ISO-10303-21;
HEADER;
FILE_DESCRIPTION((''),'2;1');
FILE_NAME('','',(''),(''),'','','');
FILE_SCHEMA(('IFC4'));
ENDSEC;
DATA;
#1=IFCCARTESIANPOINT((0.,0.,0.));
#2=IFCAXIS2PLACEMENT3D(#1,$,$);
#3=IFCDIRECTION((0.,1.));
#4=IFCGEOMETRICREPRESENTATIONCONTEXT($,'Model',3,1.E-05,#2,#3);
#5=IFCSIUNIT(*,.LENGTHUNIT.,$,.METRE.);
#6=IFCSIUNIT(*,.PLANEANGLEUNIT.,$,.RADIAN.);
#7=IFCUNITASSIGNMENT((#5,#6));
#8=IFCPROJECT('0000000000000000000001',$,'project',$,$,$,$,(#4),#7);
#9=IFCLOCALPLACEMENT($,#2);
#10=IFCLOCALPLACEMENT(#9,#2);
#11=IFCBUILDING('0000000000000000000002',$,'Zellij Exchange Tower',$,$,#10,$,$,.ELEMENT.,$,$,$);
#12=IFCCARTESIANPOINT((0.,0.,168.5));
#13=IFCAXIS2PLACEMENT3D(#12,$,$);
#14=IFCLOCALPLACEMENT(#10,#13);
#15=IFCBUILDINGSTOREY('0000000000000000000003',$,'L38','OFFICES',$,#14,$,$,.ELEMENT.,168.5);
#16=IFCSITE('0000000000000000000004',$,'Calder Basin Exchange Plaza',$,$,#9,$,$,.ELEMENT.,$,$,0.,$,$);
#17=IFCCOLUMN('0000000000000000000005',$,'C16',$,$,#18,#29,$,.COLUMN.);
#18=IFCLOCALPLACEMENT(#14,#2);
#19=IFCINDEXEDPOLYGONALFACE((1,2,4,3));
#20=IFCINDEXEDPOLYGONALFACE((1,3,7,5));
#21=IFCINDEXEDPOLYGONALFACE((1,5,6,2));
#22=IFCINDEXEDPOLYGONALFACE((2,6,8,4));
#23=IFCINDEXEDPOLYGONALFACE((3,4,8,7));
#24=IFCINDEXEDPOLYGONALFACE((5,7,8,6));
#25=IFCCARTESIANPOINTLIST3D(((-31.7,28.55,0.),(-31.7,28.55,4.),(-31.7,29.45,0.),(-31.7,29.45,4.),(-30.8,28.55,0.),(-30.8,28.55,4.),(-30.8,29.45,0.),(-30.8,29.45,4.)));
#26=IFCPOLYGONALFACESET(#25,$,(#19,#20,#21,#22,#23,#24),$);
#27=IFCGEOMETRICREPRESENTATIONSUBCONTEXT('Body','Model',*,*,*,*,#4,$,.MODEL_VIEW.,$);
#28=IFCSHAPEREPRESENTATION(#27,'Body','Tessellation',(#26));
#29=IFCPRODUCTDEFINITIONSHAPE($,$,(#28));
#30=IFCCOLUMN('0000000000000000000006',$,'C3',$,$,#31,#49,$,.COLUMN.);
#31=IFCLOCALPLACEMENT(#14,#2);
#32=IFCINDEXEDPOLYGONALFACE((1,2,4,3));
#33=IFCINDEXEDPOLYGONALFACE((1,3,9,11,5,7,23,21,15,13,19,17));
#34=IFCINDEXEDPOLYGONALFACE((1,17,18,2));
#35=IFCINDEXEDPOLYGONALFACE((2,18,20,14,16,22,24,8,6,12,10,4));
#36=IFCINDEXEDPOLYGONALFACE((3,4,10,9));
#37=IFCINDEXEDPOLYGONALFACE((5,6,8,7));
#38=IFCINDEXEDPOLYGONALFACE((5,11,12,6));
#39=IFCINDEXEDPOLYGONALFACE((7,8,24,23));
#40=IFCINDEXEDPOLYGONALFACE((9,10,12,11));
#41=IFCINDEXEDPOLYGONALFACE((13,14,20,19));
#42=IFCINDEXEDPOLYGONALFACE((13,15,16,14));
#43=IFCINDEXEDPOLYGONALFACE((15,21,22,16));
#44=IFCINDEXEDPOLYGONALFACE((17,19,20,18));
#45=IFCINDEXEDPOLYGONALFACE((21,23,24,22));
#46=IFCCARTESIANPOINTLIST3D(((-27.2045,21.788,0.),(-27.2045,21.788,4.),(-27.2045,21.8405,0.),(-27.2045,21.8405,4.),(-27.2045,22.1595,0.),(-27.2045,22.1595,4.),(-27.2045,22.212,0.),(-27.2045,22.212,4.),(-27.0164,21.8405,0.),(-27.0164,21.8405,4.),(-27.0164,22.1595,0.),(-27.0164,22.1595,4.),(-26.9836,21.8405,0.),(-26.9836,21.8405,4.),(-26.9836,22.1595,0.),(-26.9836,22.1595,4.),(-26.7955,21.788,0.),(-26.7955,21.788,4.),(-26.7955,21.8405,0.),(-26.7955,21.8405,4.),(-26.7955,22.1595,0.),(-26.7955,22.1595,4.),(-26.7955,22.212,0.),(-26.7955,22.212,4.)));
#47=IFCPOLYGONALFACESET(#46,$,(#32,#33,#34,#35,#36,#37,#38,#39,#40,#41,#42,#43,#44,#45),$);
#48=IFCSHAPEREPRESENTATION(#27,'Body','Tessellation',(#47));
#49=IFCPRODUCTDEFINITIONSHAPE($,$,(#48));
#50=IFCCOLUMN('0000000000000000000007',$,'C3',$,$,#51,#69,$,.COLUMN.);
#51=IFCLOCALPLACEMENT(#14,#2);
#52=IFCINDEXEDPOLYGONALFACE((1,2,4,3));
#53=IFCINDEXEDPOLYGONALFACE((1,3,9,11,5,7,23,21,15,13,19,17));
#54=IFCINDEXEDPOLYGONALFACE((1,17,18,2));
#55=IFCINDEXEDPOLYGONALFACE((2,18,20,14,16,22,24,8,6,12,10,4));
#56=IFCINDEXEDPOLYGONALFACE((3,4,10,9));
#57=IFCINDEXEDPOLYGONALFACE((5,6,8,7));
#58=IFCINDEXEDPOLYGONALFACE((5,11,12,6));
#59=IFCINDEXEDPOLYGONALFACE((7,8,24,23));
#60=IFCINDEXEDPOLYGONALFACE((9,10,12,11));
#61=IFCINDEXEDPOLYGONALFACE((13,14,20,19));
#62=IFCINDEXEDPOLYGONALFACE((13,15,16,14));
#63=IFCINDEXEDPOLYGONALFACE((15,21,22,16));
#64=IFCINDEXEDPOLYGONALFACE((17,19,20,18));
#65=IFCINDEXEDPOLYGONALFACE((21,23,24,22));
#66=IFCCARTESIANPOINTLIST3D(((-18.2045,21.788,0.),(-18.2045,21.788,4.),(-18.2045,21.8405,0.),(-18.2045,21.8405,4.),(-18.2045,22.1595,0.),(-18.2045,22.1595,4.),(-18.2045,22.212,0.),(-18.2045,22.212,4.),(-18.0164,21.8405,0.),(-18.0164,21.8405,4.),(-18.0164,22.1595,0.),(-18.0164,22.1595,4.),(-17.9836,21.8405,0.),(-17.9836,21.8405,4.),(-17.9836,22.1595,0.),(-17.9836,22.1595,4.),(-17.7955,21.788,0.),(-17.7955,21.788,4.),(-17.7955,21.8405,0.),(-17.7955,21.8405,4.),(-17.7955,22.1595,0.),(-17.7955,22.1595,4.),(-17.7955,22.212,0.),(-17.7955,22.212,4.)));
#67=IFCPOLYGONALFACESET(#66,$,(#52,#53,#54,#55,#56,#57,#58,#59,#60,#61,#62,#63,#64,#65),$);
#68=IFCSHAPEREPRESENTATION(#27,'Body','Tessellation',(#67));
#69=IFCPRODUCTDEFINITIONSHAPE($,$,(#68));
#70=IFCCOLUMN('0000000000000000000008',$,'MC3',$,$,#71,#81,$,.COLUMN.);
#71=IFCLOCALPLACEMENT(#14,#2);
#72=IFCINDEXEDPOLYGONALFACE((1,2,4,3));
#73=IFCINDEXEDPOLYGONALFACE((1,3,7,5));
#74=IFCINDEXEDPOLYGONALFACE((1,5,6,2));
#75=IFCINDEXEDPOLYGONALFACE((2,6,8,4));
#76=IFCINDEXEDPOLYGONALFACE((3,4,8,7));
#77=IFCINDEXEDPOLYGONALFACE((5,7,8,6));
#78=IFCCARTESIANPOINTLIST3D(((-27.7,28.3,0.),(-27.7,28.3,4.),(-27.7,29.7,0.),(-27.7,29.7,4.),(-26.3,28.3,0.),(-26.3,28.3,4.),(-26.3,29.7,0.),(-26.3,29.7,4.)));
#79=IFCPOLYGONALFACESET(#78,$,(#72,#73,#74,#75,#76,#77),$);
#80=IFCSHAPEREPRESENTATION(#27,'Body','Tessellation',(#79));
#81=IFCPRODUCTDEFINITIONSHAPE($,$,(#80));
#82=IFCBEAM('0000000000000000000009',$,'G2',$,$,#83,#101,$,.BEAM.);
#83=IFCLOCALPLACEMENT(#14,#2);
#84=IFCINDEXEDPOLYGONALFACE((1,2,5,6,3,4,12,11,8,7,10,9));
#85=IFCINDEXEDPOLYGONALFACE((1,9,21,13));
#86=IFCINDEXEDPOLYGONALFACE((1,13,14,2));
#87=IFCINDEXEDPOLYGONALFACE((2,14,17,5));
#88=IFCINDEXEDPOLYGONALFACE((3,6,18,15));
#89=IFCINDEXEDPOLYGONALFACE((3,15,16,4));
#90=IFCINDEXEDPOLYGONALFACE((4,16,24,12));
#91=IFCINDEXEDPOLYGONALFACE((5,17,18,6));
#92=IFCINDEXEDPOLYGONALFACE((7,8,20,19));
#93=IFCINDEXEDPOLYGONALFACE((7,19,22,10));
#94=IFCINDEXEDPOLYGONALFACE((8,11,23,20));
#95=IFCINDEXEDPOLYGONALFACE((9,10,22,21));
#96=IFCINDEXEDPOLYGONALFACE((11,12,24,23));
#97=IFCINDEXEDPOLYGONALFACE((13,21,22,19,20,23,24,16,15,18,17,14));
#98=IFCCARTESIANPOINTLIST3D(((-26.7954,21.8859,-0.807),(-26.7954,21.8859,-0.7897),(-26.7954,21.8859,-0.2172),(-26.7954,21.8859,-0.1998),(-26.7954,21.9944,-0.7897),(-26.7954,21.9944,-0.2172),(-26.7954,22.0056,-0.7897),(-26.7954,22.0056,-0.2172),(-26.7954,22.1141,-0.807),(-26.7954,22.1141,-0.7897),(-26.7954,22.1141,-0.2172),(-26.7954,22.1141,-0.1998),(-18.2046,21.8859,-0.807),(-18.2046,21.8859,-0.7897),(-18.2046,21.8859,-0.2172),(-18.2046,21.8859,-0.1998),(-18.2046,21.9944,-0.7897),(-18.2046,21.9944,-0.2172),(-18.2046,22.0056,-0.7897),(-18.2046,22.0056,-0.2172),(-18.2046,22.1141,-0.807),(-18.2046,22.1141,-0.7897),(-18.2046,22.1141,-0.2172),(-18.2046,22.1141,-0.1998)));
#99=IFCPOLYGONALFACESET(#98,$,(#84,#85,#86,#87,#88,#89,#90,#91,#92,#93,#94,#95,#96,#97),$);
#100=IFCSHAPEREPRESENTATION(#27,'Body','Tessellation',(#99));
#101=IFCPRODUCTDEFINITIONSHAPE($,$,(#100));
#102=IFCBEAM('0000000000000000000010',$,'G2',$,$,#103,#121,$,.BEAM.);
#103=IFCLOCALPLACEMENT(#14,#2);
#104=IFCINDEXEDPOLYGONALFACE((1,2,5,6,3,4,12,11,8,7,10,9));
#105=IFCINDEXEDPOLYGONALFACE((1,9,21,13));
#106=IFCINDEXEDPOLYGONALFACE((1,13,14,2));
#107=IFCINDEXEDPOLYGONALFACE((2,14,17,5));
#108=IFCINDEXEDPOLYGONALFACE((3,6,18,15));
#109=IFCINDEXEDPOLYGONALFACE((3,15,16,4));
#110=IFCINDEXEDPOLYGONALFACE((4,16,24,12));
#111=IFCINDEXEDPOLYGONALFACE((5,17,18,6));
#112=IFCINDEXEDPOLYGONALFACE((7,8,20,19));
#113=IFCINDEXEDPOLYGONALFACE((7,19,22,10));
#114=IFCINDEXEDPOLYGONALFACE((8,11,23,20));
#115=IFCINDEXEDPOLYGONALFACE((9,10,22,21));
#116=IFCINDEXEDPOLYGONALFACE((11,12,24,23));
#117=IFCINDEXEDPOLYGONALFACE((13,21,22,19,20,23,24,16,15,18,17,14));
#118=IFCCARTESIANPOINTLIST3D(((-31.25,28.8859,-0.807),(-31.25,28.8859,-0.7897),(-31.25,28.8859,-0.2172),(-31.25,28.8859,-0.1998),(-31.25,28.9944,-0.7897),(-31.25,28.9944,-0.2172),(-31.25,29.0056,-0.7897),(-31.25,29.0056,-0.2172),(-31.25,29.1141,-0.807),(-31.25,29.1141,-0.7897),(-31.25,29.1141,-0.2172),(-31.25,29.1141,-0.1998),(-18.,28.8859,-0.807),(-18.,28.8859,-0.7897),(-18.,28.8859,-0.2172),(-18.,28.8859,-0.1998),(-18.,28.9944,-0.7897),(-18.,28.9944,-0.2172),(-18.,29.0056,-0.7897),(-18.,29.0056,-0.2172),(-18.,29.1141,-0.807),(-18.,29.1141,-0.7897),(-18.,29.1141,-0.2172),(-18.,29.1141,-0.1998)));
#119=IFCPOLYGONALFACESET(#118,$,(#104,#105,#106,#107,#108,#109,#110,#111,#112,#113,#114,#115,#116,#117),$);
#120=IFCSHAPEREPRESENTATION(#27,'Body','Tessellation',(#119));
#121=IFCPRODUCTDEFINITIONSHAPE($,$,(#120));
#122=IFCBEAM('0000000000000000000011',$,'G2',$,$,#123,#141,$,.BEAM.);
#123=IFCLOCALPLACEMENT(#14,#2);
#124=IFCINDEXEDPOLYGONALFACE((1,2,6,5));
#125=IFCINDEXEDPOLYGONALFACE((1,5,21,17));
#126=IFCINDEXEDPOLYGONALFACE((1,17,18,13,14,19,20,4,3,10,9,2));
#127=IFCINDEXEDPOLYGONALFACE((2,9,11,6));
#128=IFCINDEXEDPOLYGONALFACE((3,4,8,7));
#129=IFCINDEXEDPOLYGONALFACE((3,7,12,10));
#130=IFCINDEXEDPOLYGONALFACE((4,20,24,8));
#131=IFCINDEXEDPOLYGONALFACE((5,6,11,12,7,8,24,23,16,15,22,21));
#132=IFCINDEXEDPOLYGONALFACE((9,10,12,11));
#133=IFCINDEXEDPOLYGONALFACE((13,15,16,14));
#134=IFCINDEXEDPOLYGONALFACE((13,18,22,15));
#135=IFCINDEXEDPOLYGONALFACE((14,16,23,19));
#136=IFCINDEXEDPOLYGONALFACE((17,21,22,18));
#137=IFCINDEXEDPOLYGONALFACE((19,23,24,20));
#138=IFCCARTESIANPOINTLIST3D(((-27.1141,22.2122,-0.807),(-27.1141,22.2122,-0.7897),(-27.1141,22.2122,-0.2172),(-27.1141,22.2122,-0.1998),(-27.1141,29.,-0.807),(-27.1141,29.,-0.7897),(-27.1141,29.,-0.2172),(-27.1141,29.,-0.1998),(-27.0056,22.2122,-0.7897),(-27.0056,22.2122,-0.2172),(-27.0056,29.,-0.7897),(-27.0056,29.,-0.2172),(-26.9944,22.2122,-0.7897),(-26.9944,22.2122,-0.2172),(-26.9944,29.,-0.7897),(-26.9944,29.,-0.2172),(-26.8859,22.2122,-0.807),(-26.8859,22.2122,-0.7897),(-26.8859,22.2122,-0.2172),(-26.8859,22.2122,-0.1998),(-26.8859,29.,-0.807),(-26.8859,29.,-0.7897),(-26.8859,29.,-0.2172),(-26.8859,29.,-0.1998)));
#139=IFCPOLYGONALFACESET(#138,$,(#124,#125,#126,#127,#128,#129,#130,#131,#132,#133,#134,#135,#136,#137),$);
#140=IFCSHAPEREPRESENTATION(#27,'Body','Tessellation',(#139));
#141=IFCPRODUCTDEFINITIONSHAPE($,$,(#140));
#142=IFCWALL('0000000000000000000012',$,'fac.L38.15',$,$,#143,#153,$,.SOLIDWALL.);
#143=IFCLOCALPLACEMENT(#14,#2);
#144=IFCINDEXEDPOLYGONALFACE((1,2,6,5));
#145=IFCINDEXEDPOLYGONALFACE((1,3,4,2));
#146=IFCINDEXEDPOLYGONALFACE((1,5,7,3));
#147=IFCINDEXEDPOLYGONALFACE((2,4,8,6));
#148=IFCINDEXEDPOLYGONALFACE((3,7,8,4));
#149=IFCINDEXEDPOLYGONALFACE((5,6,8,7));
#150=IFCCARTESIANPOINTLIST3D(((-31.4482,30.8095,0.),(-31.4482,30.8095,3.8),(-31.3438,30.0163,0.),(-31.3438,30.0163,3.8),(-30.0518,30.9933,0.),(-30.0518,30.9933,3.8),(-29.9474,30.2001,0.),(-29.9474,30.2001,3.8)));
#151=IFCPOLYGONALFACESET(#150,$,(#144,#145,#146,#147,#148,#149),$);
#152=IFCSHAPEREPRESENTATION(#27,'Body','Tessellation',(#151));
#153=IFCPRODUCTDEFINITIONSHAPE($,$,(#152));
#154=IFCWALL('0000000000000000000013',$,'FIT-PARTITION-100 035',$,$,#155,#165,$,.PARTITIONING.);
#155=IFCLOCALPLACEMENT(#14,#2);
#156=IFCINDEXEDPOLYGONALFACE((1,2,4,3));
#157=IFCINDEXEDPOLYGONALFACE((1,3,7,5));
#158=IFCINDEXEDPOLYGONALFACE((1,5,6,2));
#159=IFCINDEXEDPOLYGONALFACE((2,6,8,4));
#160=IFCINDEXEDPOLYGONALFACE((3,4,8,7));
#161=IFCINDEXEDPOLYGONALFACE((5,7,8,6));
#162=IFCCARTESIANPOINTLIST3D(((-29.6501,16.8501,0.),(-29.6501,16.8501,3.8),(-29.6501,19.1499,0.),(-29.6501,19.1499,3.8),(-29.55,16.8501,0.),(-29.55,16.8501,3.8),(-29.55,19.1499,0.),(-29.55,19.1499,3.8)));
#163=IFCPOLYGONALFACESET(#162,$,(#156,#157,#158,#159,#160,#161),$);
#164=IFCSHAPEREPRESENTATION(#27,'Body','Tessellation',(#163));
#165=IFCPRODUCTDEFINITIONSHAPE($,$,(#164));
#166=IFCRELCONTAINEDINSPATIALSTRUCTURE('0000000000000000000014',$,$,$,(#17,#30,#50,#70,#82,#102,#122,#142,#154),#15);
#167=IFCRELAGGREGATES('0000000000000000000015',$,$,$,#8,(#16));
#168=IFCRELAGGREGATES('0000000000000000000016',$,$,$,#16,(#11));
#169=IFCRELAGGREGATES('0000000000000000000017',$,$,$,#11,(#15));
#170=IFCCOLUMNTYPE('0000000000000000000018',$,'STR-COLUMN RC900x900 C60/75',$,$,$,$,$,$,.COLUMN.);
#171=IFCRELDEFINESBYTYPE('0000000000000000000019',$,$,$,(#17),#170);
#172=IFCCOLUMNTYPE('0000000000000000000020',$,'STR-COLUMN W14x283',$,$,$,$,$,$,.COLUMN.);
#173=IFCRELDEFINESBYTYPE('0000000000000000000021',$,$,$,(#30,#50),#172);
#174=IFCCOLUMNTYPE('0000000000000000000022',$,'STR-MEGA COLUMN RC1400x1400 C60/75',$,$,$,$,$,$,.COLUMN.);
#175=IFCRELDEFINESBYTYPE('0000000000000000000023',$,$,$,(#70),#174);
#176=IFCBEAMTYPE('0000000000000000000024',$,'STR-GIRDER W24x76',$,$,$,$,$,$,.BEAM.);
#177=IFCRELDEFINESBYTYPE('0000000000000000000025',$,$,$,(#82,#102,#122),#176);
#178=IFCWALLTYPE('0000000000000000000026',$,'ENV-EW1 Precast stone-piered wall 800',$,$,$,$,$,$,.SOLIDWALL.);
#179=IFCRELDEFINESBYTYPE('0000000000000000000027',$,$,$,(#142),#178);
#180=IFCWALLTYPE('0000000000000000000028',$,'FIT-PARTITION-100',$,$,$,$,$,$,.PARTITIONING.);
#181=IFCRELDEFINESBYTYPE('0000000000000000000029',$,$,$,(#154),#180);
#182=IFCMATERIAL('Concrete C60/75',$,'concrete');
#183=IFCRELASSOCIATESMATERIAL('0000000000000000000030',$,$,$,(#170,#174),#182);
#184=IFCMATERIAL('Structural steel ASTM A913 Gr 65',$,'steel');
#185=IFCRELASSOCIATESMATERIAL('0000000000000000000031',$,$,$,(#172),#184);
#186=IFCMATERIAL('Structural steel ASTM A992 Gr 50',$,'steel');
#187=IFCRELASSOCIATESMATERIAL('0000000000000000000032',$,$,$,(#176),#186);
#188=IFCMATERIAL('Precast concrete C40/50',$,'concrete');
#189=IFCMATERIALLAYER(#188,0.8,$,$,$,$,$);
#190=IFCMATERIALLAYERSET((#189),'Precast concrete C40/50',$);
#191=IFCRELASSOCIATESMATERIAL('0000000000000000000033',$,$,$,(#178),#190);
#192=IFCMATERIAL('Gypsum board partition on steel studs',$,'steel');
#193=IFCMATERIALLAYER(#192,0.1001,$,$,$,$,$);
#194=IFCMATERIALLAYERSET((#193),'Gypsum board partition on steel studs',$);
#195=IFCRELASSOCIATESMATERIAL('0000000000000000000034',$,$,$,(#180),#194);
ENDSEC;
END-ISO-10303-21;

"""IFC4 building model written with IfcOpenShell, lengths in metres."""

from ifc_helpers import new_model, si_unit, direction, frame, frame_2d, origin, origin_2d, place, context, subcontext, project, spatial, rectangle, i_section, extrude, material, layer, layer_set, material_profile, profile_set, type_object, element, save


model = new_model("IFC4")

# Units and contexts
model_context = context("Model", 3, precision=1e-05, world=origin(), true_north=direction((0.0, 1.0)))
body_context = subcontext(model_context, "Body", "Model", "MODEL_VIEW")
ifc_project = project(units=[si_unit("LENGTHUNIT", "METRE"), si_unit("PLANEANGLEUNIT", "RADIAN")], contexts=[model_context])

# Site, building, storey
site_placement = place(None, origin())
site = spatial("IfcSite", under=ifc_project, at=site_placement, Name="Calder Basin Exchange Plaza", CompositionType="ELEMENT", RefElevation=0.0)
building_placement = place(site_placement, origin())
building = spatial("IfcBuilding", under=site, at=building_placement, Name="Zellij Exchange Tower", CompositionType="ELEMENT")
storey_placement = place(building_placement, frame((0.0, 0.0, 168.5)))
storey = spatial("IfcBuildingStorey", under=building, at=storey_placement, Name="L38", Description="OFFICES", CompositionType="ELEMENT", Elevation=168.5)

# Columns
ifc_material_1 = material(Name="Concrete C60/75", Category="concrete")
ifc_material_profile_1 = material_profile(ifc_material_1, rectangle(XDim=0.8999, YDim=0.8999, at=origin_2d()), Name="STR-COLUMN RC900x900 C60/75")
ifc_profile_set_1 = profile_set([ifc_material_profile_1], Name="Concrete C60/75")
column_type_1 = type_object("IfcColumnType", Name="STR-COLUMN RC900x900 C60/75", PredefinedType="COLUMN", material=ifc_profile_set_1)
column_1_placement = place(storey_placement, frame((-31.25, 29.0, 0.0), z_axis=(0.0, 0.0, 1.0), x_axis=(1.0, 0.0, 0.0)))
element("IfcColumn", 1, at=column_1_placement, inside=storey, type_object=column_type_1, Name="C16", PredefinedType="COLUMN", context=body_context, shape_type="SweptSolid", body=[
    extrude(rectangle(XDim=0.8999, YDim=0.8999, at=origin_2d()), origin(), (0.0, 0.0, 1.0), 4.0),
])
ifc_material_2 = material(Name="Structural steel ASTM A913 Gr 65", Category="steel")
ifc_material_profile_2 = material_profile(ifc_material_2, i_section(OverallWidth=0.4089, OverallDepth=0.4241, WebThickness=0.0327, FlangeThickness=0.0525, at=origin_2d()), Name="W14x283")
ifc_profile_set_2 = profile_set([ifc_material_profile_2], Name="Structural steel ASTM A913 Gr 65")
column_type_2 = type_object("IfcColumnType", Name="STR-COLUMN W14x283", PredefinedType="COLUMN", material=ifc_profile_set_2)
for number, where, z_axis, x_axis, name in (
    (2, (-27.0, 22.0, 0.0), (0.0, 0.0, 1.0), (1.0, 0.0, 0.0), "C3"),
    (3, (-18.0, 22.0, 0.0), (0.0, 0.0, 1.0), (1.0, 0.0, 0.0), "C3"),
):
    element("IfcColumn", number, at=place(storey_placement, frame(where, z_axis=z_axis, x_axis=x_axis)), inside=storey, type_object=column_type_2, Name=name, PredefinedType="COLUMN", context=body_context, shape_type="SweptSolid", body=[
        extrude(i_section(OverallWidth=0.4089, OverallDepth=0.4241, WebThickness=0.0327, FlangeThickness=0.0525, at=origin_2d()), origin(), (0.0, 0.0, 1.0), 4.0),
    ])
ifc_material_profile_3 = material_profile(ifc_material_1, rectangle(XDim=1.3999, YDim=1.3999, at=origin_2d()), Name="STR-MEGA COLUMN RC1400x1400 C60/75")
ifc_profile_set_3 = profile_set([ifc_material_profile_3], Name="Concrete C60/75")
column_type_3 = type_object("IfcColumnType", Name="STR-MEGA COLUMN RC1400x1400 C60/75", PredefinedType="COLUMN", material=ifc_profile_set_3)
column_2_placement = place(storey_placement, frame((-27.0, 29.0, 0.0), z_axis=(0.0, 0.0, 1.0), x_axis=(1.0, 0.0, 0.0)))
element("IfcColumn", 4, at=column_2_placement, inside=storey, type_object=column_type_3, Name="MC3", PredefinedType="COLUMN", context=body_context, shape_type="SweptSolid", body=[
    extrude(rectangle(XDim=1.3999, YDim=1.3999, at=origin_2d()), origin(), (0.0, 0.0, 1.0), 4.0),
])

# Beams
ifc_material_3 = material(Name="Structural steel ASTM A992 Gr 50", Category="steel")
ifc_material_profile_4 = material_profile(ifc_material_3, i_section(OverallWidth=0.2283, OverallDepth=0.6072, WebThickness=0.0112, FlangeThickness=0.0173, at=origin_2d()), Name="W24x76")
ifc_profile_set_4 = profile_set([ifc_material_profile_4], Name="Structural steel ASTM A992 Gr 50")
beam_type = type_object("IfcBeamType", Name="STR-GIRDER W24x76", PredefinedType="BEAM", material=ifc_profile_set_4)
beam_1_placement = place(storey_placement, frame((-26.7954, 22.0, -0.5034), z_axis=(1.0, 0.0, 0.0), x_axis=(0.0, 1.0, 0.0)))
element("IfcBeam", 5, at=beam_1_placement, inside=storey, type_object=beam_type, Name="G2", PredefinedType="BEAM", context=body_context, shape_type="SweptSolid", body=[
    extrude(i_section(OverallWidth=0.2283, OverallDepth=0.6072, WebThickness=0.0112, FlangeThickness=0.0173, at=origin_2d()), origin(), (0.0, 0.0, 1.0), 8.5908),
])
beam_2_placement = place(storey_placement, frame((-31.25, 29.0, -0.5034), z_axis=(1.0, 0.0, 0.0), x_axis=(0.0, 1.0, 0.0)))
element("IfcBeam", 6, at=beam_2_placement, inside=storey, type_object=beam_type, Name="G2", PredefinedType="BEAM", context=body_context, shape_type="SweptSolid", body=[
    extrude(i_section(OverallWidth=0.2283, OverallDepth=0.6072, WebThickness=0.0112, FlangeThickness=0.0173, at=origin_2d()), origin(), (0.0, 0.0, 1.0), 13.25),
])
beam_3_placement = place(storey_placement, frame((-27.0, 22.2122, -0.5034), z_axis=(0.0, 1.0, 0.0), x_axis=(-1.0, 0.0, 0.0)))
element("IfcBeam", 7, at=beam_3_placement, inside=storey, type_object=beam_type, Name="G2", PredefinedType="BEAM", context=body_context, shape_type="SweptSolid", body=[
    extrude(i_section(OverallWidth=0.2283, OverallDepth=0.6072, WebThickness=0.0112, FlangeThickness=0.0173, at=origin_2d()), origin(), (0.0, 0.0, 1.0), 6.7878),
])

# Walls
ifc_material_4 = material(Name="Precast concrete C40/50", Category="concrete")
ifc_layer_1 = layer(ifc_material_4, 0.8)
ifc_layer_set_1 = layer_set([ifc_layer_1], Name="Precast concrete C40/50")
wall_type_1 = type_object("IfcWallType", Name="ENV-EW1 Precast stone-piered wall 800", PredefinedType="SOLIDWALL", material=ifc_layer_set_1)
wall_1_placement = place(storey_placement, frame((-29.9998, 30.5967, 0.0), z_axis=(0.0, 0.0, 1.0), x_axis=(-0.991446, -0.130517, 0.0)))
element("IfcWall", 8, at=wall_1_placement, inside=storey, type_object=wall_type_1, Name="fac.L38.15", PredefinedType="SOLIDWALL", context=body_context, shape_type="SweptSolid", body=[
    extrude(rectangle(XDim=1.4084, YDim=0.8, at=frame_2d((0.7041, 0.0))), origin(), (0.0, 0.0, 1.0), 3.8),
])
ifc_material_5 = material(Name="Gypsum board partition on steel studs", Category="steel")
ifc_layer_2 = layer(ifc_material_5, 0.1001)
ifc_layer_set_2 = layer_set([ifc_layer_2], Name="Gypsum board partition on steel studs")
wall_type_2 = type_object("IfcWallType", Name="FIT-PARTITION-100", PredefinedType="PARTITIONING", material=ifc_layer_set_2)
wall_2_placement = place(storey_placement, frame((-29.6001, 16.8501, 0.0), z_axis=(0.0, 0.0, 1.0), x_axis=(0.0, 1.0, 0.0)))
element("IfcWall", 9, at=wall_2_placement, inside=storey, type_object=wall_type_2, Name="FIT-PARTITION-100 035", PredefinedType="PARTITIONING", context=body_context, shape_type="SweptSolid", body=[
    extrude(rectangle(XDim=2.2998, YDim=0.1001, at=frame_2d((1.1499, 0.0))), origin(), (0.0, 0.0, 1.0), 3.8),
])

save(model, "model.ifc")
